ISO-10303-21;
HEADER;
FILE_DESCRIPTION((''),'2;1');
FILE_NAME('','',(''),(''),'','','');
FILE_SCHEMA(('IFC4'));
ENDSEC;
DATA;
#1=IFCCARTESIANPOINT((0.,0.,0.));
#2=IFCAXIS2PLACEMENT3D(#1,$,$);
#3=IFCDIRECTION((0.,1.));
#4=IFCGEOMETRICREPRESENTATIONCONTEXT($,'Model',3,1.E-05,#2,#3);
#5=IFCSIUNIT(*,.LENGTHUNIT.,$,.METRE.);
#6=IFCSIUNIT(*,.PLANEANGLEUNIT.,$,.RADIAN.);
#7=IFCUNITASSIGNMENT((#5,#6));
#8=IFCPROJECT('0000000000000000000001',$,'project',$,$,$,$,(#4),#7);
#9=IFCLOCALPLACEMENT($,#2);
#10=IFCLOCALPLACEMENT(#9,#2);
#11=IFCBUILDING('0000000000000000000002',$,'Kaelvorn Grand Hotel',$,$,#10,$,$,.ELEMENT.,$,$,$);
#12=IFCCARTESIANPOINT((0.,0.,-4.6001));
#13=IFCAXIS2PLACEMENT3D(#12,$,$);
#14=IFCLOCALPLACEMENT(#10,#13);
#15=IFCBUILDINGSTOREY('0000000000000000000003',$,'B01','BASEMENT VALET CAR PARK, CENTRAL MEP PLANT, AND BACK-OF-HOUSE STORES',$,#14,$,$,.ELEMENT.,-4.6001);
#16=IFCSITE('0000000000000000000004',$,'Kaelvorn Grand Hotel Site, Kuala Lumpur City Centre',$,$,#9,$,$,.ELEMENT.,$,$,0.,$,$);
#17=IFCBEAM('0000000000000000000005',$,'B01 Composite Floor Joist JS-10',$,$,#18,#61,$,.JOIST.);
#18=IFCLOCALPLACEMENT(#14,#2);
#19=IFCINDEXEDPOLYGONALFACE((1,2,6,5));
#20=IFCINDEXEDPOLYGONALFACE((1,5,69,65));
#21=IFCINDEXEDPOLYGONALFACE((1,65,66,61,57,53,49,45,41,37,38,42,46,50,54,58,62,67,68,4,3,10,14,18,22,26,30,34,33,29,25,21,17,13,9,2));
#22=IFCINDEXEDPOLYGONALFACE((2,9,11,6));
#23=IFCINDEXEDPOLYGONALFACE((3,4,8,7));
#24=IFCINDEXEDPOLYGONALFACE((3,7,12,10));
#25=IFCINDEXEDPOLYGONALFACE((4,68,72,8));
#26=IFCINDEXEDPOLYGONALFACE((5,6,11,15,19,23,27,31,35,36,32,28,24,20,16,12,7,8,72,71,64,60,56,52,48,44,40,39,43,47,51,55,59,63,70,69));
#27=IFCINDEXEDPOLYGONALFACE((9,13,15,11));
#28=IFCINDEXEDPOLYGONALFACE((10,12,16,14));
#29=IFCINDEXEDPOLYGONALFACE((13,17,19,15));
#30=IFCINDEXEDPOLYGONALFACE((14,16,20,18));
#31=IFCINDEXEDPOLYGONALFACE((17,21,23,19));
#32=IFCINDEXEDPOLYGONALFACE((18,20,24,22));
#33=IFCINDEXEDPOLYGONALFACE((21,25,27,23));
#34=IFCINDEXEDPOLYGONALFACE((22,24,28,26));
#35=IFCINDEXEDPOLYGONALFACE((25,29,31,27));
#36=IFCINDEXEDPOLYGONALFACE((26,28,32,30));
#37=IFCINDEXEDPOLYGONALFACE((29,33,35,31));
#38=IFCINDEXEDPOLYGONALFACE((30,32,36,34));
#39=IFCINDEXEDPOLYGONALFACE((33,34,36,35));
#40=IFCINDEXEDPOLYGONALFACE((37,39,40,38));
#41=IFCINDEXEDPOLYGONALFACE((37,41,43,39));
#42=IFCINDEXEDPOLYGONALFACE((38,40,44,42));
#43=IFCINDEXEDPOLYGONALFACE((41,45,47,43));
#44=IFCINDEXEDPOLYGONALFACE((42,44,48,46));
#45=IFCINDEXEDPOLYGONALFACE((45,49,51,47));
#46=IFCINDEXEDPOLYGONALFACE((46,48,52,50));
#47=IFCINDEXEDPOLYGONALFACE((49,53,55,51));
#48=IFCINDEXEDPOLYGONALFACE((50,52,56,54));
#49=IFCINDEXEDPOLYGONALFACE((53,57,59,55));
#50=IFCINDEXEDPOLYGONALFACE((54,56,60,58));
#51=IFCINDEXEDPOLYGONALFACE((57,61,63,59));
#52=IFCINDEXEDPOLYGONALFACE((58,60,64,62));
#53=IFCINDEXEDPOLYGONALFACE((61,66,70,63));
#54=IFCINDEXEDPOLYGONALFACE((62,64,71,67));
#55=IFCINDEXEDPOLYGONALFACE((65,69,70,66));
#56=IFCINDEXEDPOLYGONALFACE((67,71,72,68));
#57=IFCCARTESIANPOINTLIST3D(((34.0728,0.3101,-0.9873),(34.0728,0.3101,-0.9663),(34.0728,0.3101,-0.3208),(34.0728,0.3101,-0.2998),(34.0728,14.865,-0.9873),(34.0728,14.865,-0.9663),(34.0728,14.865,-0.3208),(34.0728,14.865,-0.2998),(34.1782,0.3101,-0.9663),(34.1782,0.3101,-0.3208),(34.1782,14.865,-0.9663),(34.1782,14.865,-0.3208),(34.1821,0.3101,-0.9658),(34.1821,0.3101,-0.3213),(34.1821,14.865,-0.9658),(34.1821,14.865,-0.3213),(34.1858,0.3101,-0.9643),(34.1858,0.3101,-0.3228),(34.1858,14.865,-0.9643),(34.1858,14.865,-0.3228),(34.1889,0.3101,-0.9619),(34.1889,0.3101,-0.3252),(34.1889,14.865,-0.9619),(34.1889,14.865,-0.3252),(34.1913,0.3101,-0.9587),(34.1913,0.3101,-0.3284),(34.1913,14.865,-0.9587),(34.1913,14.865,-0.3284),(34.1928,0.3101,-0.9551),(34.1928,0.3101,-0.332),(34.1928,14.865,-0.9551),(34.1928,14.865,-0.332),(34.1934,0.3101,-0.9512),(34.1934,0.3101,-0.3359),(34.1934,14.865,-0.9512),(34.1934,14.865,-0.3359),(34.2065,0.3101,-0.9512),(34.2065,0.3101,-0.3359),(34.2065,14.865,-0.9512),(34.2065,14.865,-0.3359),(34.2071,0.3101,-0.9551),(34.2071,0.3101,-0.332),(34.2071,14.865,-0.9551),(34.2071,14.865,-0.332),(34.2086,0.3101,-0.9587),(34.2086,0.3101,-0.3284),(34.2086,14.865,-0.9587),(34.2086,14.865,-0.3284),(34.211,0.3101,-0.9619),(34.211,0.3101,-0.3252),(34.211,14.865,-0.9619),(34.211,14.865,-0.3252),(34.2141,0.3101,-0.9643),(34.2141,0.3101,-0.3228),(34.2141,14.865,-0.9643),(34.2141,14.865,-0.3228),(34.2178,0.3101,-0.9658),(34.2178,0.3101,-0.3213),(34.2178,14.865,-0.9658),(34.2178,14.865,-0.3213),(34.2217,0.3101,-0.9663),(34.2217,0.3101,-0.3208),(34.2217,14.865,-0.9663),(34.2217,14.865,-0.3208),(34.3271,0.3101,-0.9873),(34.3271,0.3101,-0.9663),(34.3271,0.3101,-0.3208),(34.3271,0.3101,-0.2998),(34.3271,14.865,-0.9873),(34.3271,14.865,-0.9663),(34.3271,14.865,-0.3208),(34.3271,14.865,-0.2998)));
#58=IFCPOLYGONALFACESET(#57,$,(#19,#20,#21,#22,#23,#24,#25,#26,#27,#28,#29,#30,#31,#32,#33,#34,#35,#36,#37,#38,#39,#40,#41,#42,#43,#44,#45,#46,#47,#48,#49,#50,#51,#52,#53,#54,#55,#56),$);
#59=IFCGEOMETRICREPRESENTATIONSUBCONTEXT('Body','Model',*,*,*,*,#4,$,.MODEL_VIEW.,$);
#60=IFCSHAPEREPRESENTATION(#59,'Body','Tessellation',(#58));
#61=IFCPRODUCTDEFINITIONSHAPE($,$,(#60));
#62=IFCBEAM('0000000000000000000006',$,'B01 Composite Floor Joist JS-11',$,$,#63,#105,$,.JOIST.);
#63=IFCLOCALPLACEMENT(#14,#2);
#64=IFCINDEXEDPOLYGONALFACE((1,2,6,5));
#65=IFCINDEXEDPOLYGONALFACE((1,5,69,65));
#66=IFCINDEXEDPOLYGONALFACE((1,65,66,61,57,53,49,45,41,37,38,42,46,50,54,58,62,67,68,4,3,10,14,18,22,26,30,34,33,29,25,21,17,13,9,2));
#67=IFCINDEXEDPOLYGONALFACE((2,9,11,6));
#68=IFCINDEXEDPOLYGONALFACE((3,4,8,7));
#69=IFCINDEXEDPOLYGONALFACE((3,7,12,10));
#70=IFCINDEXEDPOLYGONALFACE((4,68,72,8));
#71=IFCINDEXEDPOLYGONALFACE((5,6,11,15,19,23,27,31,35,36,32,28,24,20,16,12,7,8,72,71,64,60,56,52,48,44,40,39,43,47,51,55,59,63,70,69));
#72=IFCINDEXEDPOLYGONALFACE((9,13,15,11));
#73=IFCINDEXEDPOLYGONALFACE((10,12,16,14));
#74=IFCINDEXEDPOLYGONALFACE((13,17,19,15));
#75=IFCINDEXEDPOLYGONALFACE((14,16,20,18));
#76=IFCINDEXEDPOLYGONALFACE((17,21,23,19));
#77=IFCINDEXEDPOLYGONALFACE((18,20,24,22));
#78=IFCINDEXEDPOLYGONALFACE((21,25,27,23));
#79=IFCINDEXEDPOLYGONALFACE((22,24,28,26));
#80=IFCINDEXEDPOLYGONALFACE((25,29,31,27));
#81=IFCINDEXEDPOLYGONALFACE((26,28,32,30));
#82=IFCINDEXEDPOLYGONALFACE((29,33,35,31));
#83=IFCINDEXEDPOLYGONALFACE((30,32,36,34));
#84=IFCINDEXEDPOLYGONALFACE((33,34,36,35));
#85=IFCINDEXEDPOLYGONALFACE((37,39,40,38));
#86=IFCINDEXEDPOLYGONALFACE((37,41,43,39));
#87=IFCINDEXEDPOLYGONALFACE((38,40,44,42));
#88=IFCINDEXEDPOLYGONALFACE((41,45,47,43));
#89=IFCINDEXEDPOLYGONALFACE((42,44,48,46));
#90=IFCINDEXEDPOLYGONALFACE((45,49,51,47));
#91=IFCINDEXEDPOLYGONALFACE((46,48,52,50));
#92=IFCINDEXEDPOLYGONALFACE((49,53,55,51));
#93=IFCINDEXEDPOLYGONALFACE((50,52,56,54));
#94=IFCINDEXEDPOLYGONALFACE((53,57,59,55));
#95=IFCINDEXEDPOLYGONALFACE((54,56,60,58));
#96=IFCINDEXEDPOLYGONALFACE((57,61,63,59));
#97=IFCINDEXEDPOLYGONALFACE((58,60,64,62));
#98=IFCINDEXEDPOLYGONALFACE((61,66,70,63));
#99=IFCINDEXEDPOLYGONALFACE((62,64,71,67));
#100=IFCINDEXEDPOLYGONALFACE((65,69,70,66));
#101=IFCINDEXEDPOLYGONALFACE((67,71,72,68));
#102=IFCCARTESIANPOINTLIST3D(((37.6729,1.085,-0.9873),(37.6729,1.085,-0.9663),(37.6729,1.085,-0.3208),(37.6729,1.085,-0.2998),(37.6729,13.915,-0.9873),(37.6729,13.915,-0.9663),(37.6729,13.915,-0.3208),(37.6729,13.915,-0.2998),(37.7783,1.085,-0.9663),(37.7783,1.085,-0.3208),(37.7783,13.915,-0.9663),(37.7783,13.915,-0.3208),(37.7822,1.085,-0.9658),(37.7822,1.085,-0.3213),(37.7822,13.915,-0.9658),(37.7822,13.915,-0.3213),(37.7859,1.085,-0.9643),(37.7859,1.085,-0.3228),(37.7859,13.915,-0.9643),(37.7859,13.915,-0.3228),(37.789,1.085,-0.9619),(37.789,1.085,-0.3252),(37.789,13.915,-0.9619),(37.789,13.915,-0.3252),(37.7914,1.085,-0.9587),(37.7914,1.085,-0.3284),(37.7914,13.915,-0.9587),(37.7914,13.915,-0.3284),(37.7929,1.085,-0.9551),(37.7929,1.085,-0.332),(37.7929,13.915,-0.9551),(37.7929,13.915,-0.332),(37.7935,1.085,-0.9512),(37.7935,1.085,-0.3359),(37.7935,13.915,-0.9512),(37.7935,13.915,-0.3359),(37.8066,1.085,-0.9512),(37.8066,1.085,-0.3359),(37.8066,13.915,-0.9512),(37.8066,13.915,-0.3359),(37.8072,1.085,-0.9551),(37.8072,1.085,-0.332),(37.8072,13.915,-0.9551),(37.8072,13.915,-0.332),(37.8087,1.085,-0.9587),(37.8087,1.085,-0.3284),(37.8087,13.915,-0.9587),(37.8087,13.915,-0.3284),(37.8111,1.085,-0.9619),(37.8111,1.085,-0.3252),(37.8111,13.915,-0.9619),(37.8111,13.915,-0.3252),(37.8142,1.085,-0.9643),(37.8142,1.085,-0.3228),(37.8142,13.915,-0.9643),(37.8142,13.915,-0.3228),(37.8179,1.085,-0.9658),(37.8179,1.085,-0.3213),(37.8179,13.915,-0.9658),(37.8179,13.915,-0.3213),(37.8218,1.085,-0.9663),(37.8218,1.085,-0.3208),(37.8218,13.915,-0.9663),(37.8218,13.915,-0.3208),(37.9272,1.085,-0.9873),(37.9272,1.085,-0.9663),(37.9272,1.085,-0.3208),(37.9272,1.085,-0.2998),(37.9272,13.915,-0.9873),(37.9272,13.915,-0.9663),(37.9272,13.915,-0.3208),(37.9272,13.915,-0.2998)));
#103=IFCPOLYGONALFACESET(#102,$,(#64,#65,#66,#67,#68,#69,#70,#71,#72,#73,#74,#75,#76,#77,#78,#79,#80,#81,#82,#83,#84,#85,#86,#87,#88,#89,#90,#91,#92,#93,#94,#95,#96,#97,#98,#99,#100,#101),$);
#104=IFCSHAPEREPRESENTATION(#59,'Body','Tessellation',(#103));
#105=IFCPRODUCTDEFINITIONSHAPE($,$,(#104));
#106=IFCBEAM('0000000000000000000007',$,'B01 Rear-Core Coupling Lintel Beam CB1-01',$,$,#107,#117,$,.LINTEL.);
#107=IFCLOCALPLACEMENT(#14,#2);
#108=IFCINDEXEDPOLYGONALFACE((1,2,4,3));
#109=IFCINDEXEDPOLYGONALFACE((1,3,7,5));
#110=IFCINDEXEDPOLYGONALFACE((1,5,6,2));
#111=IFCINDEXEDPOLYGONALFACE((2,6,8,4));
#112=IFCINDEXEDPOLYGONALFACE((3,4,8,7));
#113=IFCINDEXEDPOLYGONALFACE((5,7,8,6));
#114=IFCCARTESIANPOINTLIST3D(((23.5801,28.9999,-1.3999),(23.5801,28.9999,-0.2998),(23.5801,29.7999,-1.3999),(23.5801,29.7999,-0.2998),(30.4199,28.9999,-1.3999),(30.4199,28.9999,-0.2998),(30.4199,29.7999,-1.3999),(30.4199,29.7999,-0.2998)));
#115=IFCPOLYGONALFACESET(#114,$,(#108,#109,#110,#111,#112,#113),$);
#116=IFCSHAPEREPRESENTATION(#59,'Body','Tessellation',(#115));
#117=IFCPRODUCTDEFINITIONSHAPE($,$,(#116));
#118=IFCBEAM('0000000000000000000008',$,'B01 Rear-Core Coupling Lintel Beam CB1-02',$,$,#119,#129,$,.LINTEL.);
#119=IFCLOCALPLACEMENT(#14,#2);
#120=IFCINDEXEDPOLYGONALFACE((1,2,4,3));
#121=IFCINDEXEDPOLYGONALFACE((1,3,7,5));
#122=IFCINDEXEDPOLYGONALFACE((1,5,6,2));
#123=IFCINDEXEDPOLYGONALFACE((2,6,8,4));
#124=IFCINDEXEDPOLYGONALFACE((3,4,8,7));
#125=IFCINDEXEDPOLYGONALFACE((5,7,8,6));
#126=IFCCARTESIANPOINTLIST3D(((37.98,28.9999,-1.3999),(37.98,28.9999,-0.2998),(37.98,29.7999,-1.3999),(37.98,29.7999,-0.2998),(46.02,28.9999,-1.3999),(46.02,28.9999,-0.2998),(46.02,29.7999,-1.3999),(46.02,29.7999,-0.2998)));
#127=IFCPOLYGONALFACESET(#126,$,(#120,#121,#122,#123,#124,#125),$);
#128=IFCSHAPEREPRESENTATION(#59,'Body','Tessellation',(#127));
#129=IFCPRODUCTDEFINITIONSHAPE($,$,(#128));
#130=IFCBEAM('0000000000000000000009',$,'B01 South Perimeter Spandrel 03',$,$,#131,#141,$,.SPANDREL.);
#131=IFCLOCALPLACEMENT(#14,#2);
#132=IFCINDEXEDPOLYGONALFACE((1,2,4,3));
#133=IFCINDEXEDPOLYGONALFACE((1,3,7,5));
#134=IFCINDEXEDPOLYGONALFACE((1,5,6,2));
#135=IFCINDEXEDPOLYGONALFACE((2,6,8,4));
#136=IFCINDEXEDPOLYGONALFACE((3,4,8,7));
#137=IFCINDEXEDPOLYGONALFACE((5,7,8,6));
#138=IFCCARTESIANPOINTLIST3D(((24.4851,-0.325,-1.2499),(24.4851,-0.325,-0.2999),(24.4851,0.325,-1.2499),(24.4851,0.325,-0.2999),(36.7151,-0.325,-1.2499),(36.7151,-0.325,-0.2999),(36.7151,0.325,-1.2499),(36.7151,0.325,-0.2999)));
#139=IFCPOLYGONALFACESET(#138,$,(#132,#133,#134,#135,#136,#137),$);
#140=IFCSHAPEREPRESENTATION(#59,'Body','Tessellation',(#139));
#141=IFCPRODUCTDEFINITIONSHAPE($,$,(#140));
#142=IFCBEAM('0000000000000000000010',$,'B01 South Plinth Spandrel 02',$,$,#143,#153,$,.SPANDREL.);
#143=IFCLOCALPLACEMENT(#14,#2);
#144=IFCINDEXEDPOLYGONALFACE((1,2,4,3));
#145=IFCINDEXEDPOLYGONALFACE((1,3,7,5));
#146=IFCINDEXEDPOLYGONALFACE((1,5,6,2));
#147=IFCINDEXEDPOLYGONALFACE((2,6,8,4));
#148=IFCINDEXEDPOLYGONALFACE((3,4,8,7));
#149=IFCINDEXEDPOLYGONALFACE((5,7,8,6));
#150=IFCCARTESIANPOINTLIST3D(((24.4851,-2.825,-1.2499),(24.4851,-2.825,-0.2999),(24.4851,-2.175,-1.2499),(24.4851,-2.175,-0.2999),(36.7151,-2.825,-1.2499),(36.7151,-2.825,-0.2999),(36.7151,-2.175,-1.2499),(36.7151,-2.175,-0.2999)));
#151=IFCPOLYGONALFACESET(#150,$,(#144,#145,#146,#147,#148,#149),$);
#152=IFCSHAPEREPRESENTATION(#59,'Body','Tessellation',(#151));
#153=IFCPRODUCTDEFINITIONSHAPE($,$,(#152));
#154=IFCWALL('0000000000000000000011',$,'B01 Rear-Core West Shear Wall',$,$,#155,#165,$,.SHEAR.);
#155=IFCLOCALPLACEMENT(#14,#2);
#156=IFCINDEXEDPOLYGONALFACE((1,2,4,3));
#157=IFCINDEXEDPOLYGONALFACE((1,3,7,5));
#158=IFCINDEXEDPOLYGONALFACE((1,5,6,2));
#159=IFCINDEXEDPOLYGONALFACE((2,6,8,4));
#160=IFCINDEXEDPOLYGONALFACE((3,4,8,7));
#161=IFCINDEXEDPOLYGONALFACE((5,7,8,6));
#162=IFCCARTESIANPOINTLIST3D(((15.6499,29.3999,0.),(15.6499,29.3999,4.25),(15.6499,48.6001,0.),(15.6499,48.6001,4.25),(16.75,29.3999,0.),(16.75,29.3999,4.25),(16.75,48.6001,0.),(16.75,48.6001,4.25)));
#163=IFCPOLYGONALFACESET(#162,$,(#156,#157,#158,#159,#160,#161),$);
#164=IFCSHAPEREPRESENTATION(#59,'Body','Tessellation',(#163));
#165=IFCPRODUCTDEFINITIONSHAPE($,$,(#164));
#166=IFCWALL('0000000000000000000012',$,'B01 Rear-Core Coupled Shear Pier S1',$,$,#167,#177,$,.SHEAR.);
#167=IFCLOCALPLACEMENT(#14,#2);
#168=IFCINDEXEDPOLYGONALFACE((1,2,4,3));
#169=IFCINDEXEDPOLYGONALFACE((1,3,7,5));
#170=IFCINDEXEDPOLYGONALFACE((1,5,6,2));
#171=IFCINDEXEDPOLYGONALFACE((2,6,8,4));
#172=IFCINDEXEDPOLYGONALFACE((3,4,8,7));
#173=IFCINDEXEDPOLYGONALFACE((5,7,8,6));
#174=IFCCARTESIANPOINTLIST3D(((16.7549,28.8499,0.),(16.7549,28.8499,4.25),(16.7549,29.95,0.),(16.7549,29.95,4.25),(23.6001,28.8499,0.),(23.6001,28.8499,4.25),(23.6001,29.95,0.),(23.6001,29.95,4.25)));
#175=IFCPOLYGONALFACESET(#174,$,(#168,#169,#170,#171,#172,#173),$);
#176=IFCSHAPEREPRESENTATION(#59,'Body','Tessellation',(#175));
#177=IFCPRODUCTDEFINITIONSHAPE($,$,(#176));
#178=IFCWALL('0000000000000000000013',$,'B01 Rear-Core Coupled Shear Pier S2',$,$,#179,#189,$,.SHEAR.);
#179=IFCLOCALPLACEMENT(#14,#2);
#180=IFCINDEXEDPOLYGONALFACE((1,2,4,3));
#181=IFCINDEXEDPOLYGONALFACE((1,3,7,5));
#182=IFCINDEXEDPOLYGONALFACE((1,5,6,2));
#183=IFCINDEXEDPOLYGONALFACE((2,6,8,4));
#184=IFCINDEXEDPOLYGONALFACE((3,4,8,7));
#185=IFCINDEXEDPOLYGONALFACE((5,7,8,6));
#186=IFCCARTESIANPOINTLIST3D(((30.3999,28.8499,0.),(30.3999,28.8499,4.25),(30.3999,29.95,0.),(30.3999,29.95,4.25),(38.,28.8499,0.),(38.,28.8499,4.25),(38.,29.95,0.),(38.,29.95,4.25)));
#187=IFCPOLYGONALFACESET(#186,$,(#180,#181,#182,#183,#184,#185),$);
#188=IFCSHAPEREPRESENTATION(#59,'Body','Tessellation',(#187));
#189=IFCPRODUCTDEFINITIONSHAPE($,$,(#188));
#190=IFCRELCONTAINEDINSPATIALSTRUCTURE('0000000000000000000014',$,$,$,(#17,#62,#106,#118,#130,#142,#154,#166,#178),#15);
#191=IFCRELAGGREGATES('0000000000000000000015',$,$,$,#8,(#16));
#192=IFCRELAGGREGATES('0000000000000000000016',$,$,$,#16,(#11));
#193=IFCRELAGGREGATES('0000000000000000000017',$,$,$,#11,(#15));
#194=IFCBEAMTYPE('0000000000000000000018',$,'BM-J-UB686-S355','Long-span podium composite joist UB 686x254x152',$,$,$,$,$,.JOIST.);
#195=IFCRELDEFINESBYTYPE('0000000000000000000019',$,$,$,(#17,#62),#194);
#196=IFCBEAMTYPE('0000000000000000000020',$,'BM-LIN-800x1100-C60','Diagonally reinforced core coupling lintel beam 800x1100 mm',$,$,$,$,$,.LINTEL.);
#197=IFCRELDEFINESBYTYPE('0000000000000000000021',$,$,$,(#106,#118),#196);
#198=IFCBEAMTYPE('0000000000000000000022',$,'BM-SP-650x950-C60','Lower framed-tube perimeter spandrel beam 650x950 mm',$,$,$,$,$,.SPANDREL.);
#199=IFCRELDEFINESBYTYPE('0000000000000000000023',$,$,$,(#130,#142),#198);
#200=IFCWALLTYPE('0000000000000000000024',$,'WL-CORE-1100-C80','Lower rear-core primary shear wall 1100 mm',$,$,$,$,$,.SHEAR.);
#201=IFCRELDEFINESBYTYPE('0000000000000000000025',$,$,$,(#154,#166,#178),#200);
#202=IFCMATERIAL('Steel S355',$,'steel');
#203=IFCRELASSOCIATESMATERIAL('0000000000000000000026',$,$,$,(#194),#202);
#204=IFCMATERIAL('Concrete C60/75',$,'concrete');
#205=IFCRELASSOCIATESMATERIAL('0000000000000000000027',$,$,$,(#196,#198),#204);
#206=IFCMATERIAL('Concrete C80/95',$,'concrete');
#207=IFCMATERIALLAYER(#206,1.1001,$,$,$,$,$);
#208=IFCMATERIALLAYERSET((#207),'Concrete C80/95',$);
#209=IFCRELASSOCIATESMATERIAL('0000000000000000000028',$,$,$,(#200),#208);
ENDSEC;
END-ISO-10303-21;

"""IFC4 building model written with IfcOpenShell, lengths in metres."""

from ifc_helpers import new_model, si_unit, direction, frame, frame_2d, origin, origin_2d, place, context, subcontext, project, spatial, rectangle, i_section, extrude, material, layer, layer_set, material_profile, profile_set, type_object, element, save


model = new_model("IFC4")

# Units and contexts
model_context = context("Model", 3, precision=1e-05, world=origin(), true_north=direction((0.0, 1.0)))
body_context = subcontext(model_context, "Body", "Model", "MODEL_VIEW")
ifc_project = project(units=[si_unit("LENGTHUNIT", "METRE"), si_unit("PLANEANGLEUNIT", "RADIAN")], contexts=[model_context])

# Site, building, storey
site_placement = place(None, origin())
site = spatial("IfcSite", under=ifc_project, at=site_placement, Name="Kaelvorn Grand Hotel Site, Kuala Lumpur City Centre", CompositionType="ELEMENT", RefElevation=0.0)
building_placement = place(site_placement, origin())
building = spatial("IfcBuilding", under=site, at=building_placement, Name="Kaelvorn Grand Hotel", CompositionType="ELEMENT")
storey_placement = place(building_placement, frame((0.0, 0.0, -4.6001)))
storey = spatial("IfcBuildingStorey", under=building, at=storey_placement, Name="B01", Description="BASEMENT VALET CAR PARK, CENTRAL MEP PLANT, AND BACK-OF-HOUSE STORES", CompositionType="ELEMENT", Elevation=-4.6001)

# Shared definitions
ifc_material_1 = material(Name="Concrete C80/95", Category="concrete")

# Beams
ifc_material_2 = material(Name="Steel S355", Category="steel")
ifc_material_profile_1 = material_profile(ifc_material_2, i_section(OverallWidth=0.2544, OverallDepth=0.6875, WebThickness=0.0132, FlangeThickness=0.021, FilletRadius=0.0151, at=origin_2d()), Name="UB 686x254x152")
ifc_profile_set_1 = profile_set([ifc_material_profile_1], Name="Steel S355")
beam_type_1 = type_object("IfcBeamType", Name="BM-J-UB686-S355", Description="Long-span podium composite joist UB 686x254x152", PredefinedType="JOIST", material=ifc_profile_set_1)
for number, where, z_axis, x_axis, name in (
    (1, (34.2, 0.3101, -0.6436), (0.0, 1.0, 0.0), (-1.0, 0.0, 0.0), "B01 Composite Floor Joist JS-10"),
):
    element("IfcBeam", number, at=place(storey_placement, frame(where, z_axis=z_axis, x_axis=x_axis)), inside=storey, type_object=beam_type_1, Name=name, PredefinedType="JOIST", context=body_context, shape_type="SweptSolid", body=[
        extrude(i_section(OverallWidth=0.2544, OverallDepth=0.6875, WebThickness=0.0132, FlangeThickness=0.021, FilletRadius=0.0151, at=origin_2d()), origin(), (0.0, 0.0, 1.0), 14.5549),
    ])
beam_1_placement = place(storey_placement, frame((37.8, 1.085, -0.6436), z_axis=(0.0, 1.0, 0.0), x_axis=(-1.0, 0.0, 0.0)))
element("IfcBeam", 2, at=beam_1_placement, inside=storey, type_object=beam_type_1, Name="B01 Composite Floor Joist JS-11", PredefinedType="JOIST", context=body_context, shape_type="SweptSolid", body=[
    extrude(i_section(OverallWidth=0.2544, OverallDepth=0.6875, WebThickness=0.0132, FlangeThickness=0.021, FilletRadius=0.0151, at=origin_2d()), origin(), (0.0, 0.0, 1.0), 12.8301),
])
ifc_material_3 = material(Name="Concrete C60/75", Category="concrete")
ifc_material_profile_2 = material_profile(ifc_material_3, rectangle(XDim=0.8, YDim=1.1001, at=origin_2d()), Name="RC LINTEL 800x1100")
ifc_profile_set_2 = profile_set([ifc_material_profile_2], Name="Concrete C60/75")
beam_type_2 = type_object("IfcBeamType", Name="BM-LIN-800x1100-C60", Description="Diagonally reinforced core coupling lintel beam 800x1100 mm", PredefinedType="LINTEL", material=ifc_profile_set_2)
beam_2_placement = place(storey_placement, frame((23.5801, 29.3999, -0.8499), z_axis=(1.0, 0.0, 0.0), x_axis=(0.0, 1.0, 0.0)))
element("IfcBeam", 3, at=beam_2_placement, inside=storey, type_object=beam_type_2, Name="B01 Rear-Core Coupling Lintel Beam CB1-01", PredefinedType="LINTEL", context=body_context, shape_type="SweptSolid", body=[
    extrude(rectangle(XDim=0.8, YDim=1.1001, at=origin_2d()), origin(), (0.0, 0.0, 1.0), 6.8398),
])
beam_3_placement = place(storey_placement, frame((37.98, 29.3999, -0.8499), z_axis=(1.0, 0.0, 0.0), x_axis=(0.0, 1.0, 0.0)))
element("IfcBeam", 4, at=beam_3_placement, inside=storey, type_object=beam_type_2, Name="B01 Rear-Core Coupling Lintel Beam CB1-02", PredefinedType="LINTEL", context=body_context, shape_type="SweptSolid", body=[
    extrude(rectangle(XDim=0.8, YDim=1.1001, at=origin_2d()), origin(), (0.0, 0.0, 1.0), 8.04),
])
ifc_material_profile_3 = material_profile(ifc_material_3, rectangle(XDim=0.6499, YDim=0.95, at=origin_2d()), Name="RC SPANDREL 650x950")
ifc_profile_set_3 = profile_set([ifc_material_profile_3], Name="Concrete C60/75")
beam_type_3 = type_object("IfcBeamType", Name="BM-SP-650x950-C60", Description="Lower framed-tube perimeter spandrel beam 650x950 mm", PredefinedType="SPANDREL", material=ifc_profile_set_3)
for number, where, z_axis, x_axis, name in (
    (5, (24.4851, 0.0, -0.7749), (1.0, 0.0, 0.0), (0.0, 1.0, 0.0), "B01 South Perimeter Spandrel 03"),
    (6, (24.4851, -2.5, -0.7749), (1.0, 0.0, 0.0), (0.0, 1.0, 0.0), "B01 South Plinth Spandrel 02"),
):
    element("IfcBeam", number, at=place(storey_placement, frame(where, z_axis=z_axis, x_axis=x_axis)), inside=storey, type_object=beam_type_3, Name=name, PredefinedType="SPANDREL", context=body_context, shape_type="SweptSolid", body=[
        extrude(rectangle(XDim=0.6499, YDim=0.95, at=origin_2d()), origin(), (0.0, 0.0, 1.0), 12.23),
    ])

# Walls
ifc_layer_1 = layer(ifc_material_1, 1.1001)
ifc_layer_set_1 = layer_set([ifc_layer_1], Name="Concrete C80/95")
wall_type_1 = type_object("IfcWallType", Name="WL-CORE-1100-C80", Description="Lower rear-core primary shear wall 1100 mm", PredefinedType="SHEAR", material=ifc_layer_set_1)
wall_1_placement = place(storey_placement, frame((16.2, 29.3999, 0.0), z_axis=(0.0, 0.0, 1.0), x_axis=(0.0, 1.0, 0.0)))
element("IfcWall", 7, at=wall_1_placement, inside=storey, type_object=wall_type_1, Name="B01 Rear-Core West Shear Wall", PredefinedType="SHEAR", context=body_context, shape_type="SweptSolid", body=[
    extrude(rectangle(XDim=19.2002, YDim=1.1001, at=frame_2d((9.6001, 0.0))), origin(), (0.0, 0.0, 1.0), 4.25),
])
wall_2_placement = place(storey_placement, frame((16.7549, 29.3999, 0.0), z_axis=(0.0, 0.0, 1.0), x_axis=(1.0, 0.0, 0.0)))
element("IfcWall", 8, at=wall_2_placement, inside=storey, type_object=wall_type_1, Name="B01 Rear-Core Coupled Shear Pier S1", PredefinedType="SHEAR", context=body_context, shape_type="SweptSolid", body=[
    extrude(rectangle(XDim=6.8452, YDim=1.1001, at=frame_2d((3.4226, 0.0))), origin(), (0.0, 0.0, 1.0), 4.25),
])
wall_3_placement = place(storey_placement, frame((30.3999, 29.3999, 0.0), z_axis=(0.0, 0.0, 1.0), x_axis=(1.0, 0.0, 0.0)))
element("IfcWall", 9, at=wall_3_placement, inside=storey, type_object=wall_type_1, Name="B01 Rear-Core Coupled Shear Pier S2", PredefinedType="SHEAR", context=body_context, shape_type="SweptSolid", body=[
    extrude(rectangle(XDim=7.6001, YDim=1.1001, at=frame_2d((3.8, 0.0))), origin(), (0.0, 0.0, 1.0), 4.25),
])

save(model, "model.ifc")
